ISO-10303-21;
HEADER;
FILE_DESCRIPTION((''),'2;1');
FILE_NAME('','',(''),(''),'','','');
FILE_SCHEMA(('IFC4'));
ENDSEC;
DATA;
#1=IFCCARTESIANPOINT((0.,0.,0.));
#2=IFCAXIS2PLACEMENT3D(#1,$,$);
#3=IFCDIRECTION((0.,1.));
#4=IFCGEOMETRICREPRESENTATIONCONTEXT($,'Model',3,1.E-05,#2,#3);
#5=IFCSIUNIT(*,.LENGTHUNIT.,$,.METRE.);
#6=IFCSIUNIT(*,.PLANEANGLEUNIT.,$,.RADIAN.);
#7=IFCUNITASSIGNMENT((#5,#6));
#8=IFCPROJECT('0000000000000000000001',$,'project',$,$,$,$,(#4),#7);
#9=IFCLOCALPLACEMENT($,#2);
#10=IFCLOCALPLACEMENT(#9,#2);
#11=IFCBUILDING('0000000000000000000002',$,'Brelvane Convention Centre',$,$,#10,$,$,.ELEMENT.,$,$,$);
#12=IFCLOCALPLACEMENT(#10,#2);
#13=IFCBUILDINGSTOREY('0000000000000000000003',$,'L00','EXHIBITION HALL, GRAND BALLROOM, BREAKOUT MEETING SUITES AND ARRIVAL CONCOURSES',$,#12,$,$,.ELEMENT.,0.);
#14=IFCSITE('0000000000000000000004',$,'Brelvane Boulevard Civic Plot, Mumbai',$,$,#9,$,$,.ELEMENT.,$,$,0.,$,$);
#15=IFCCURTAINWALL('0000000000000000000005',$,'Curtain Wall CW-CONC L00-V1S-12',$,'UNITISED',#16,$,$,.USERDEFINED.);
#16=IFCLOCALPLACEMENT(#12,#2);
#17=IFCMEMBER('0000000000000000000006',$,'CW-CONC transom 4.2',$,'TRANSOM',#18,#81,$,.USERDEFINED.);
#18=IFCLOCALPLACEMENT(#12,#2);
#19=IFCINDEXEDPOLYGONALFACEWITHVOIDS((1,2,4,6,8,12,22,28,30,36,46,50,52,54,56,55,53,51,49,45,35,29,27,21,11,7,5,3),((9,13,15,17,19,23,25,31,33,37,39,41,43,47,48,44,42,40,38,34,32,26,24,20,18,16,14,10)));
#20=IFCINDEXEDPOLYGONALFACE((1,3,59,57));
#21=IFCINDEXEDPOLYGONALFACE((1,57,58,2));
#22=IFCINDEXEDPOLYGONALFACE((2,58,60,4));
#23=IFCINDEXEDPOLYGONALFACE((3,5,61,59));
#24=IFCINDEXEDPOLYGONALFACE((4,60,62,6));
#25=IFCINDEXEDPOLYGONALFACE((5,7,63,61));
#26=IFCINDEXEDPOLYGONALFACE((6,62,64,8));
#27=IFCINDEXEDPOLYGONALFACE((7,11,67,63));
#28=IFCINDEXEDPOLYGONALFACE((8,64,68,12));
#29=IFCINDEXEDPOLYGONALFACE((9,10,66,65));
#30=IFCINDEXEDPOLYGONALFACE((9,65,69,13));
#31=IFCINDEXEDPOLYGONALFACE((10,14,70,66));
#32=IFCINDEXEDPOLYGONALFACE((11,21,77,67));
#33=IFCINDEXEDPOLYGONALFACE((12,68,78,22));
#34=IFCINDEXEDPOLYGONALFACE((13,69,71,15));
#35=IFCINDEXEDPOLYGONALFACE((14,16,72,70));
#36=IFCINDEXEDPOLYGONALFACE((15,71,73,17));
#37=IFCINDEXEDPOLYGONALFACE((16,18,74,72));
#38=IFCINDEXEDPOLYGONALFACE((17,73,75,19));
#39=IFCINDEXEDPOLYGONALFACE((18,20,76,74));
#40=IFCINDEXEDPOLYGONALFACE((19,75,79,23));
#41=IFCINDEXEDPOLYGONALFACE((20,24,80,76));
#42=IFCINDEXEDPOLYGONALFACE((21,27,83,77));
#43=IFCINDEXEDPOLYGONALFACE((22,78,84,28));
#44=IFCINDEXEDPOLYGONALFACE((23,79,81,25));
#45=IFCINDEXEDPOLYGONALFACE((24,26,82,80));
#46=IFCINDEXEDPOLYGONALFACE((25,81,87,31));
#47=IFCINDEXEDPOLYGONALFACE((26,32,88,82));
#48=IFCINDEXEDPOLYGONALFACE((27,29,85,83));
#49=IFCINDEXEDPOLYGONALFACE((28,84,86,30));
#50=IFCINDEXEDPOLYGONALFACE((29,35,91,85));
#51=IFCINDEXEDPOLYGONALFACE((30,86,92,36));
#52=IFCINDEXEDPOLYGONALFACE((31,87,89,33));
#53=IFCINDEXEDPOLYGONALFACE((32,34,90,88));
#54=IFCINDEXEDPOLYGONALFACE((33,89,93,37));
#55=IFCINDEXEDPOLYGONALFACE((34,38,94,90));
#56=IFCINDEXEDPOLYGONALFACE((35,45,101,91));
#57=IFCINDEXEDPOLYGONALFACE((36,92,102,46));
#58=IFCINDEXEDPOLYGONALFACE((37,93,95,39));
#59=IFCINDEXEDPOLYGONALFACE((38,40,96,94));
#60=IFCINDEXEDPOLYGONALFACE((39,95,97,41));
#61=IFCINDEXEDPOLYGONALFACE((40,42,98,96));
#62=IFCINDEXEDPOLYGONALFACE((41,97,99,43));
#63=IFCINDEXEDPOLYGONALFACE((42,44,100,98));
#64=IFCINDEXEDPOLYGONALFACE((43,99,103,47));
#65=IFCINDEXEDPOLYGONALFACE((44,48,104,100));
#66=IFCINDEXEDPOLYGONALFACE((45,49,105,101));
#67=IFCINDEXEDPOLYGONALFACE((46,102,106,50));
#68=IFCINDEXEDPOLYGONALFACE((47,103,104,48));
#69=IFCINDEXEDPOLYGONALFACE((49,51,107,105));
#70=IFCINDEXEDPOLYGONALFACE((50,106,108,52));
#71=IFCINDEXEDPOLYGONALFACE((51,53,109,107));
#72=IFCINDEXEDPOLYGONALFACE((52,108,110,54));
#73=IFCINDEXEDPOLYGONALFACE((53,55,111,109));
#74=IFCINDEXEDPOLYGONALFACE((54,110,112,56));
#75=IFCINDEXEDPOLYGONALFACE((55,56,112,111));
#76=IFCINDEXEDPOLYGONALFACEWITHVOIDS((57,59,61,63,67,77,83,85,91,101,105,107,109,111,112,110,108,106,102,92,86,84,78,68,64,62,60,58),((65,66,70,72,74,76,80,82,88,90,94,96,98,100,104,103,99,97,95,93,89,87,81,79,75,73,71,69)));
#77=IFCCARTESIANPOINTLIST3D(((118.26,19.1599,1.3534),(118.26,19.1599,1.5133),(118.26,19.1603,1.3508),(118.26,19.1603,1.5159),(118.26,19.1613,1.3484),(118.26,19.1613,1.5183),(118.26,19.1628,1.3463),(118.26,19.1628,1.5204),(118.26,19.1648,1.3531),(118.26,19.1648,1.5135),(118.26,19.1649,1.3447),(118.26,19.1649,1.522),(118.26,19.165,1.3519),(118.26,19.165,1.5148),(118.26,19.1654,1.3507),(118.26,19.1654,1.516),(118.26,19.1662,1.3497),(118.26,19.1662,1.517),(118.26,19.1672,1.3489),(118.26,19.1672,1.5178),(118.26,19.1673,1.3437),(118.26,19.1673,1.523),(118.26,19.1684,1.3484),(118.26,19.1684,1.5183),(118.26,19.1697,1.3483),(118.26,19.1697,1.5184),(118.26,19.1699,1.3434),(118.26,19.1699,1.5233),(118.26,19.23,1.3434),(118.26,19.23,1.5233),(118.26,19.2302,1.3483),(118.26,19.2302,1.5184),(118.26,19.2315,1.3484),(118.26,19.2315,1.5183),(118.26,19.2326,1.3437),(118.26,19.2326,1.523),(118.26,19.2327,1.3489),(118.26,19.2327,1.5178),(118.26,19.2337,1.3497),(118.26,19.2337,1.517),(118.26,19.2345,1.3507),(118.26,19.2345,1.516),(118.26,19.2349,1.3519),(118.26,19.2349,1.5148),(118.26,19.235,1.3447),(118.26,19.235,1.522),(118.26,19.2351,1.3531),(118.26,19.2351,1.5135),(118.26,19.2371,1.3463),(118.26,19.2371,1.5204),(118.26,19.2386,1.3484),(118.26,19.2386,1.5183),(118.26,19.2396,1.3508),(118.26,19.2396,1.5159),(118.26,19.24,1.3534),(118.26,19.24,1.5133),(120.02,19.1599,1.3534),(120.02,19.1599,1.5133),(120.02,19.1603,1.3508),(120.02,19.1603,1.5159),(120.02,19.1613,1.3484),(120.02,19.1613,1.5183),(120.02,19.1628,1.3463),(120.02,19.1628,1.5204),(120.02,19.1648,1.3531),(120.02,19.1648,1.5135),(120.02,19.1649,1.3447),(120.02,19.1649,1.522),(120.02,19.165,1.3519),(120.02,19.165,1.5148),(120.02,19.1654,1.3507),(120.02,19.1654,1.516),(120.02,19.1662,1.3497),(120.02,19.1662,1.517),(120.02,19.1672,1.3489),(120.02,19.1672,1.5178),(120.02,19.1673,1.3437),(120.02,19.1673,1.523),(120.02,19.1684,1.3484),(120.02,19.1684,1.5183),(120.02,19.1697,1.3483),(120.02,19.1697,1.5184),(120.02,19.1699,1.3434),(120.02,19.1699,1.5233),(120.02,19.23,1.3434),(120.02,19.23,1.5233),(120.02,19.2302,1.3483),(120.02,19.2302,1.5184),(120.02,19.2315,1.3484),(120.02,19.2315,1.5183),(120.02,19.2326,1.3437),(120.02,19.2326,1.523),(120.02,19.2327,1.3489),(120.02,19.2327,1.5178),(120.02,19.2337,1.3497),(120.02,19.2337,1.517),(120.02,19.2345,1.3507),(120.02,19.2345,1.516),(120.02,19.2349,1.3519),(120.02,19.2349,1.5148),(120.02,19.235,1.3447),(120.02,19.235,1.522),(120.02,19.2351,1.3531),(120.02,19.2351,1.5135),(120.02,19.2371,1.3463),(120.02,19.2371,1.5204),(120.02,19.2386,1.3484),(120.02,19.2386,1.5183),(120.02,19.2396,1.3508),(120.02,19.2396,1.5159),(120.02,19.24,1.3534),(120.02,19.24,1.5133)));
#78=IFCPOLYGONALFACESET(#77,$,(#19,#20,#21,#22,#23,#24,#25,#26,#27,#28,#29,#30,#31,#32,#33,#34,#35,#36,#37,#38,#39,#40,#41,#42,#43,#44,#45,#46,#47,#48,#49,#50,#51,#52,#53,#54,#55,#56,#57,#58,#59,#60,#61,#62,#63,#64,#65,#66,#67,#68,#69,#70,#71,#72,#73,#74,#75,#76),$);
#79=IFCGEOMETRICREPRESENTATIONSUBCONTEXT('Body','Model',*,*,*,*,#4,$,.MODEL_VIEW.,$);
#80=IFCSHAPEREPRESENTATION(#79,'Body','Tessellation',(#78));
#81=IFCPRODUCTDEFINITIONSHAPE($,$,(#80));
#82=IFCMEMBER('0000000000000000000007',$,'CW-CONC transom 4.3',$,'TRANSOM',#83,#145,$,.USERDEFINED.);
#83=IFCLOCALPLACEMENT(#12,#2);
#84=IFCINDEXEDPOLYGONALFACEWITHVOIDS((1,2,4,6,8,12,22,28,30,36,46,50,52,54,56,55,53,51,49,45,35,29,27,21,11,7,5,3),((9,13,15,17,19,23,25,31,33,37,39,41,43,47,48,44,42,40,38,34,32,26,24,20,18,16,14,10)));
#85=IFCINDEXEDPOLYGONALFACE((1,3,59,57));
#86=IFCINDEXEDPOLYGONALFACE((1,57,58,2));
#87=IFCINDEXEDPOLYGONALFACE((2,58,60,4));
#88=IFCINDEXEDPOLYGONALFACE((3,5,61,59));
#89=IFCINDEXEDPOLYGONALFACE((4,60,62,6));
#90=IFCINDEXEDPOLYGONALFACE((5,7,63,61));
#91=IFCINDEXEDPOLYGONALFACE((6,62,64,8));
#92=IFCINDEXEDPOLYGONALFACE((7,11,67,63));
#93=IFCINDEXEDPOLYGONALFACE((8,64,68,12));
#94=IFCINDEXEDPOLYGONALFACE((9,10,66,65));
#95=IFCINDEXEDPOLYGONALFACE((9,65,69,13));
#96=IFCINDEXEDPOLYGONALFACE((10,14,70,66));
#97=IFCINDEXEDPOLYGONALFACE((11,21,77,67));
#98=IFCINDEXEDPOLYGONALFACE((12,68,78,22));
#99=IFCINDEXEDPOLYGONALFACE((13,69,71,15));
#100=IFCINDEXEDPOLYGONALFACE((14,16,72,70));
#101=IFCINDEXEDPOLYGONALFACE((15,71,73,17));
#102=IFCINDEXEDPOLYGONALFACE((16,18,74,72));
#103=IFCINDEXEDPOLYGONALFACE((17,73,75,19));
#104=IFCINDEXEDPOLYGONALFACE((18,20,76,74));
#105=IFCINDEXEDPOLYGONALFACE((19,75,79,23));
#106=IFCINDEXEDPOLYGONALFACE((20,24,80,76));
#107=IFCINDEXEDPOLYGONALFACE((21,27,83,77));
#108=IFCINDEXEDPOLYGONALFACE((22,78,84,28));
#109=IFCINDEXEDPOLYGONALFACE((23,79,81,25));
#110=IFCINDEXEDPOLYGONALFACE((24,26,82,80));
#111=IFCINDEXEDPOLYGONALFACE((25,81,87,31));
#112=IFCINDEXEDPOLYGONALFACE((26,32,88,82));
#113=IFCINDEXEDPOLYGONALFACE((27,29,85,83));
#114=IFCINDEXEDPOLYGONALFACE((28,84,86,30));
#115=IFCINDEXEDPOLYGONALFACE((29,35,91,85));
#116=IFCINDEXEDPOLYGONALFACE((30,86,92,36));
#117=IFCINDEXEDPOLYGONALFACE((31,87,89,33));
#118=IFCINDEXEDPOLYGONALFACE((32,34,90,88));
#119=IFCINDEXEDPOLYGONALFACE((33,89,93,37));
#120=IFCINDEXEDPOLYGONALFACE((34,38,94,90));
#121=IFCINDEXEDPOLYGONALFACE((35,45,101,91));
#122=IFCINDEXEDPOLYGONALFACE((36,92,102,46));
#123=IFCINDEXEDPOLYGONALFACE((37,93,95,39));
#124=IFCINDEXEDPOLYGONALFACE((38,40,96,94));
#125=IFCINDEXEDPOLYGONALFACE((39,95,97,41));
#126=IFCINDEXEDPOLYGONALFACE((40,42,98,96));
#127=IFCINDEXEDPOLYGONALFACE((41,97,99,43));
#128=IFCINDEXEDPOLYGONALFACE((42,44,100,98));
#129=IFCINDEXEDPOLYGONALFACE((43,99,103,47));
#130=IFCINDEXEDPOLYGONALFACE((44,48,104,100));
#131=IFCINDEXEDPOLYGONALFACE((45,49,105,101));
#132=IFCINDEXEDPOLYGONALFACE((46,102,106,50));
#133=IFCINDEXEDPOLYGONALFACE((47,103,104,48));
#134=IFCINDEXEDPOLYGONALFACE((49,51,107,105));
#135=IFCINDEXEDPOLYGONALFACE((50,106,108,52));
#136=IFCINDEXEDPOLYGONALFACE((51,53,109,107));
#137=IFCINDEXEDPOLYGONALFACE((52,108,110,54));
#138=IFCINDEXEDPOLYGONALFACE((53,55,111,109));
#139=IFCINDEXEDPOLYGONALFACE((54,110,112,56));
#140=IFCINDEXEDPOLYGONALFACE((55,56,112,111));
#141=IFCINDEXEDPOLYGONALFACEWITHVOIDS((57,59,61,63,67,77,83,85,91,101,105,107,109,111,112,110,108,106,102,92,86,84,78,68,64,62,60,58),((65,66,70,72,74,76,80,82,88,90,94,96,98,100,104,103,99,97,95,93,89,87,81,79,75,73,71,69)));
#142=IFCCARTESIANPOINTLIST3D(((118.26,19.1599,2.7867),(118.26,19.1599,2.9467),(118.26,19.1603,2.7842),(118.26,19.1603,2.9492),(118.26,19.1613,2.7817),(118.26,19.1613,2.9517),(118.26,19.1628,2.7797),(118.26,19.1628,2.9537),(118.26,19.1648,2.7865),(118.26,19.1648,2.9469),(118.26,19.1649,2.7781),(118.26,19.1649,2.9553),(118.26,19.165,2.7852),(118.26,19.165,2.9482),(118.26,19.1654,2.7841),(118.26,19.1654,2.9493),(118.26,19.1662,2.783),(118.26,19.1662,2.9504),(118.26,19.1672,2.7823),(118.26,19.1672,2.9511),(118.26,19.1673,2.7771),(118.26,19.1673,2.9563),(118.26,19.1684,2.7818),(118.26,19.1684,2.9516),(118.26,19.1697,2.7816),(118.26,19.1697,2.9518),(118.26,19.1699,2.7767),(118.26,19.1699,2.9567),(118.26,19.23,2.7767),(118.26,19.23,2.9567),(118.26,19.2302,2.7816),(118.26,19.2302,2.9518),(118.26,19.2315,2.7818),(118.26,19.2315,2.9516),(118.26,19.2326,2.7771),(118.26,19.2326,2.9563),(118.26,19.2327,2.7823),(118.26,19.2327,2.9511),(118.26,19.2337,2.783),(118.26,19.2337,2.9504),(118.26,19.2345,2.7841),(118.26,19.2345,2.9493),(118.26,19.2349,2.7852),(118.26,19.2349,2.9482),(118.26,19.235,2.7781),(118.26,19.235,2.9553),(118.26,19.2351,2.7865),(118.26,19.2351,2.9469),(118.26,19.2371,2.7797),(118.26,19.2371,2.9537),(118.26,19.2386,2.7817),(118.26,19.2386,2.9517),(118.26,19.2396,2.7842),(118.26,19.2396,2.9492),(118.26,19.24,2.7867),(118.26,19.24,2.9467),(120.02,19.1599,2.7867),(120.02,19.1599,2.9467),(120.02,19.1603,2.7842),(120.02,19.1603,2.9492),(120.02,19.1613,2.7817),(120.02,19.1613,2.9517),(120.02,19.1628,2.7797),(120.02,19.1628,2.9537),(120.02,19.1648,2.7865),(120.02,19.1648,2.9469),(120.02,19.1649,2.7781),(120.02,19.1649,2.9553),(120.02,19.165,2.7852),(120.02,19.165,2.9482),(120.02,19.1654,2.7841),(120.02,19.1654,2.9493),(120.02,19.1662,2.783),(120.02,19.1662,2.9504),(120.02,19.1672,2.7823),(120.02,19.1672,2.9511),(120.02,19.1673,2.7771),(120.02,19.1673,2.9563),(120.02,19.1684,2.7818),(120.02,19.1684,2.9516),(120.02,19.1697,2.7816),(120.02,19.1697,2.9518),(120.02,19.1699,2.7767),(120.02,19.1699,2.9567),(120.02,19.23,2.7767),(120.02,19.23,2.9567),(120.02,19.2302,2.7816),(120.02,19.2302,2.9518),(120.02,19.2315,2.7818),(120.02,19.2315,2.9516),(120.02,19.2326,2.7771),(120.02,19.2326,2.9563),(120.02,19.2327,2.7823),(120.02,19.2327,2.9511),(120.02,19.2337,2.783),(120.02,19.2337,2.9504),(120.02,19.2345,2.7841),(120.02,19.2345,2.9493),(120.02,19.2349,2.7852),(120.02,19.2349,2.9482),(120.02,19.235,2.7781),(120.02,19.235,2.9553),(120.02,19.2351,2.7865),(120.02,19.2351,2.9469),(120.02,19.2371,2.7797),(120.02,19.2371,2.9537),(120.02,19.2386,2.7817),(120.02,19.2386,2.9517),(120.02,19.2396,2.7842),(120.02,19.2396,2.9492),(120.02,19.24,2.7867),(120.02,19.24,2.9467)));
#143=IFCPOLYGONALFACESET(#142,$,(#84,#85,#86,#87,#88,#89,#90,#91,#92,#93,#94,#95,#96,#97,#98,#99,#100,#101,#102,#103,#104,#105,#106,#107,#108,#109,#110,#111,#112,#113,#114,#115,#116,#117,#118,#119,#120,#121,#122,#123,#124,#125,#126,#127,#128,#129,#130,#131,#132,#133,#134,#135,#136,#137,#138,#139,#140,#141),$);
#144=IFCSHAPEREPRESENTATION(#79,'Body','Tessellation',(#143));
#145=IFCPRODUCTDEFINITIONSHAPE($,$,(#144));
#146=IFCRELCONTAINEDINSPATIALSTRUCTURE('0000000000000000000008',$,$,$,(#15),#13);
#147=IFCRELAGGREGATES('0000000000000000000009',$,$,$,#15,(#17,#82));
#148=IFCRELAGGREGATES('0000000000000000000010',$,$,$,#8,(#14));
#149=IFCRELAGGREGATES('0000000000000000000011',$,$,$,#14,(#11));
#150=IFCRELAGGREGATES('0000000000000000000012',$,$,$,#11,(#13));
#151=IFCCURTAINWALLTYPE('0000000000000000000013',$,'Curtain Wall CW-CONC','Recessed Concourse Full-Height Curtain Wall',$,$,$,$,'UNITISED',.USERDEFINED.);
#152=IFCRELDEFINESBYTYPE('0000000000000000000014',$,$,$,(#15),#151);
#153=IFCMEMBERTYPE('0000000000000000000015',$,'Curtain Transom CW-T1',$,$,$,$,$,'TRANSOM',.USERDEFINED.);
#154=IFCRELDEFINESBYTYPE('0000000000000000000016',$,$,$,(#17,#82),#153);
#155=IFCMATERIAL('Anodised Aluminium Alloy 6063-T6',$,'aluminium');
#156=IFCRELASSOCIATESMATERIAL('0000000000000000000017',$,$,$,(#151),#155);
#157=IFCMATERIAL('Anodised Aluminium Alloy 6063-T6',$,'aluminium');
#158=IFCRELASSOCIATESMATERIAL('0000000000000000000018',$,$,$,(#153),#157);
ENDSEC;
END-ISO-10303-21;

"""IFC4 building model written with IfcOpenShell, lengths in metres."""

from ifc_helpers import new_model, si_unit, direction, frame, origin, origin_2d, place, context, subcontext, project, spatial, hollow_rectangle, extrude, material, material_profile, profile_set, type_object, element, aggregate, save


model = new_model("IFC4")

# Units and contexts
model_context = context("Model", 3, precision=1e-05, world=origin(), true_north=direction((0.0, 1.0)))
body_context = subcontext(model_context, "Body", "Model", "MODEL_VIEW")
ifc_project = project(units=[si_unit("LENGTHUNIT", "METRE"), si_unit("PLANEANGLEUNIT", "RADIAN")], contexts=[model_context])

# Site, building, storey
site_placement = place(None, origin())
site = spatial("IfcSite", under=ifc_project, at=site_placement, Name="Brelvane Boulevard Civic Plot, Mumbai", CompositionType="ELEMENT", RefElevation=0.0)
building_placement = place(site_placement, origin())
building = spatial("IfcBuilding", under=site, at=building_placement, Name="Brelvane Convention Centre", CompositionType="ELEMENT")
storey_placement = place(building_placement, origin())
storey = spatial("IfcBuildingStorey", under=building, at=storey_placement, Name="L00", Description="EXHIBITION HALL, GRAND BALLROOM, BREAKOUT MEETING SUITES AND ARRIVAL CONCOURSES", CompositionType="ELEMENT", Elevation=0.0)

# Curtain wall, members
ifc_material_1 = material(Name="Anodised Aluminium Alloy 6063-T6", Category="aluminium")
curtain_wall_type = type_object("IfcCurtainWallType", Name="Curtain Wall CW-CONC", Description="Recessed Concourse Full-Height Curtain Wall", ElementType="UNITISED", PredefinedType="USERDEFINED", material=ifc_material_1)
curtain_wall_placement = place(storey_placement, origin())
curtain_wall = element("IfcCurtainWall", 1, at=curtain_wall_placement, inside=storey, type_object=curtain_wall_type, Name="Curtain Wall CW-CONC L00-V1S-12", ObjectType="UNITISED", PredefinedType="USERDEFINED")
ifc_material_2 = material(Name="Anodised Aluminium Alloy 6063-T6", Category="aluminium")
ifc_material_profile_1 = material_profile(ifc_material_2, hollow_rectangle(XDim=0.0801, YDim=0.1799, WallThickness=0.0049, InnerFilletRadius=0.0049, OuterFilletRadius=0.01, at=origin_2d()), Name="ALU-T 180x80x5.0")
ifc_profile_set_1 = profile_set([ifc_material_profile_1], Name="Anodised Aluminium Alloy 6063-T6")
member_type_1 = type_object("IfcMemberType", Name="Curtain Transom CW-T1", ElementType="TRANSOM", PredefinedType="USERDEFINED", material=ifc_profile_set_1)
member_1_placement = place(storey_placement, frame((118.26, 19.2, 1.4333), z_axis=(1.0, 0.0, 0.0), x_axis=(0.0, 1.0, 0.0)))
member_1 = element("IfcMember", 2, at=member_1_placement, type_object=member_type_1, Name="CW-CONC transom 4.2", ObjectType="TRANSOM", PredefinedType="USERDEFINED", context=body_context, shape_type="SweptSolid", body=[
    extrude(hollow_rectangle(XDim=0.0801, YDim=0.1799, WallThickness=0.0049, InnerFilletRadius=0.0049, OuterFilletRadius=0.01, at=origin_2d()), origin(), (0.0, 0.0, 1.0), 1.76),
])
member_2_placement = place(storey_placement, frame((118.26, 19.2, 2.8667), z_axis=(1.0, 0.0, 0.0), x_axis=(0.0, 1.0, 0.0)))
member_2 = element("IfcMember", 3, at=member_2_placement, type_object=member_type_1, Name="CW-CONC transom 4.3", ObjectType="TRANSOM", PredefinedType="USERDEFINED", context=body_context, shape_type="SweptSolid", body=[
    extrude(hollow_rectangle(XDim=0.0801, YDim=0.1799, WallThickness=0.0049, InnerFilletRadius=0.0049, OuterFilletRadius=0.01, at=origin_2d()), origin(), (0.0, 0.0, 1.0), 1.76),
])
aggregate(curtain_wall, [member_1, member_2])

save(model, "model.ifc")
